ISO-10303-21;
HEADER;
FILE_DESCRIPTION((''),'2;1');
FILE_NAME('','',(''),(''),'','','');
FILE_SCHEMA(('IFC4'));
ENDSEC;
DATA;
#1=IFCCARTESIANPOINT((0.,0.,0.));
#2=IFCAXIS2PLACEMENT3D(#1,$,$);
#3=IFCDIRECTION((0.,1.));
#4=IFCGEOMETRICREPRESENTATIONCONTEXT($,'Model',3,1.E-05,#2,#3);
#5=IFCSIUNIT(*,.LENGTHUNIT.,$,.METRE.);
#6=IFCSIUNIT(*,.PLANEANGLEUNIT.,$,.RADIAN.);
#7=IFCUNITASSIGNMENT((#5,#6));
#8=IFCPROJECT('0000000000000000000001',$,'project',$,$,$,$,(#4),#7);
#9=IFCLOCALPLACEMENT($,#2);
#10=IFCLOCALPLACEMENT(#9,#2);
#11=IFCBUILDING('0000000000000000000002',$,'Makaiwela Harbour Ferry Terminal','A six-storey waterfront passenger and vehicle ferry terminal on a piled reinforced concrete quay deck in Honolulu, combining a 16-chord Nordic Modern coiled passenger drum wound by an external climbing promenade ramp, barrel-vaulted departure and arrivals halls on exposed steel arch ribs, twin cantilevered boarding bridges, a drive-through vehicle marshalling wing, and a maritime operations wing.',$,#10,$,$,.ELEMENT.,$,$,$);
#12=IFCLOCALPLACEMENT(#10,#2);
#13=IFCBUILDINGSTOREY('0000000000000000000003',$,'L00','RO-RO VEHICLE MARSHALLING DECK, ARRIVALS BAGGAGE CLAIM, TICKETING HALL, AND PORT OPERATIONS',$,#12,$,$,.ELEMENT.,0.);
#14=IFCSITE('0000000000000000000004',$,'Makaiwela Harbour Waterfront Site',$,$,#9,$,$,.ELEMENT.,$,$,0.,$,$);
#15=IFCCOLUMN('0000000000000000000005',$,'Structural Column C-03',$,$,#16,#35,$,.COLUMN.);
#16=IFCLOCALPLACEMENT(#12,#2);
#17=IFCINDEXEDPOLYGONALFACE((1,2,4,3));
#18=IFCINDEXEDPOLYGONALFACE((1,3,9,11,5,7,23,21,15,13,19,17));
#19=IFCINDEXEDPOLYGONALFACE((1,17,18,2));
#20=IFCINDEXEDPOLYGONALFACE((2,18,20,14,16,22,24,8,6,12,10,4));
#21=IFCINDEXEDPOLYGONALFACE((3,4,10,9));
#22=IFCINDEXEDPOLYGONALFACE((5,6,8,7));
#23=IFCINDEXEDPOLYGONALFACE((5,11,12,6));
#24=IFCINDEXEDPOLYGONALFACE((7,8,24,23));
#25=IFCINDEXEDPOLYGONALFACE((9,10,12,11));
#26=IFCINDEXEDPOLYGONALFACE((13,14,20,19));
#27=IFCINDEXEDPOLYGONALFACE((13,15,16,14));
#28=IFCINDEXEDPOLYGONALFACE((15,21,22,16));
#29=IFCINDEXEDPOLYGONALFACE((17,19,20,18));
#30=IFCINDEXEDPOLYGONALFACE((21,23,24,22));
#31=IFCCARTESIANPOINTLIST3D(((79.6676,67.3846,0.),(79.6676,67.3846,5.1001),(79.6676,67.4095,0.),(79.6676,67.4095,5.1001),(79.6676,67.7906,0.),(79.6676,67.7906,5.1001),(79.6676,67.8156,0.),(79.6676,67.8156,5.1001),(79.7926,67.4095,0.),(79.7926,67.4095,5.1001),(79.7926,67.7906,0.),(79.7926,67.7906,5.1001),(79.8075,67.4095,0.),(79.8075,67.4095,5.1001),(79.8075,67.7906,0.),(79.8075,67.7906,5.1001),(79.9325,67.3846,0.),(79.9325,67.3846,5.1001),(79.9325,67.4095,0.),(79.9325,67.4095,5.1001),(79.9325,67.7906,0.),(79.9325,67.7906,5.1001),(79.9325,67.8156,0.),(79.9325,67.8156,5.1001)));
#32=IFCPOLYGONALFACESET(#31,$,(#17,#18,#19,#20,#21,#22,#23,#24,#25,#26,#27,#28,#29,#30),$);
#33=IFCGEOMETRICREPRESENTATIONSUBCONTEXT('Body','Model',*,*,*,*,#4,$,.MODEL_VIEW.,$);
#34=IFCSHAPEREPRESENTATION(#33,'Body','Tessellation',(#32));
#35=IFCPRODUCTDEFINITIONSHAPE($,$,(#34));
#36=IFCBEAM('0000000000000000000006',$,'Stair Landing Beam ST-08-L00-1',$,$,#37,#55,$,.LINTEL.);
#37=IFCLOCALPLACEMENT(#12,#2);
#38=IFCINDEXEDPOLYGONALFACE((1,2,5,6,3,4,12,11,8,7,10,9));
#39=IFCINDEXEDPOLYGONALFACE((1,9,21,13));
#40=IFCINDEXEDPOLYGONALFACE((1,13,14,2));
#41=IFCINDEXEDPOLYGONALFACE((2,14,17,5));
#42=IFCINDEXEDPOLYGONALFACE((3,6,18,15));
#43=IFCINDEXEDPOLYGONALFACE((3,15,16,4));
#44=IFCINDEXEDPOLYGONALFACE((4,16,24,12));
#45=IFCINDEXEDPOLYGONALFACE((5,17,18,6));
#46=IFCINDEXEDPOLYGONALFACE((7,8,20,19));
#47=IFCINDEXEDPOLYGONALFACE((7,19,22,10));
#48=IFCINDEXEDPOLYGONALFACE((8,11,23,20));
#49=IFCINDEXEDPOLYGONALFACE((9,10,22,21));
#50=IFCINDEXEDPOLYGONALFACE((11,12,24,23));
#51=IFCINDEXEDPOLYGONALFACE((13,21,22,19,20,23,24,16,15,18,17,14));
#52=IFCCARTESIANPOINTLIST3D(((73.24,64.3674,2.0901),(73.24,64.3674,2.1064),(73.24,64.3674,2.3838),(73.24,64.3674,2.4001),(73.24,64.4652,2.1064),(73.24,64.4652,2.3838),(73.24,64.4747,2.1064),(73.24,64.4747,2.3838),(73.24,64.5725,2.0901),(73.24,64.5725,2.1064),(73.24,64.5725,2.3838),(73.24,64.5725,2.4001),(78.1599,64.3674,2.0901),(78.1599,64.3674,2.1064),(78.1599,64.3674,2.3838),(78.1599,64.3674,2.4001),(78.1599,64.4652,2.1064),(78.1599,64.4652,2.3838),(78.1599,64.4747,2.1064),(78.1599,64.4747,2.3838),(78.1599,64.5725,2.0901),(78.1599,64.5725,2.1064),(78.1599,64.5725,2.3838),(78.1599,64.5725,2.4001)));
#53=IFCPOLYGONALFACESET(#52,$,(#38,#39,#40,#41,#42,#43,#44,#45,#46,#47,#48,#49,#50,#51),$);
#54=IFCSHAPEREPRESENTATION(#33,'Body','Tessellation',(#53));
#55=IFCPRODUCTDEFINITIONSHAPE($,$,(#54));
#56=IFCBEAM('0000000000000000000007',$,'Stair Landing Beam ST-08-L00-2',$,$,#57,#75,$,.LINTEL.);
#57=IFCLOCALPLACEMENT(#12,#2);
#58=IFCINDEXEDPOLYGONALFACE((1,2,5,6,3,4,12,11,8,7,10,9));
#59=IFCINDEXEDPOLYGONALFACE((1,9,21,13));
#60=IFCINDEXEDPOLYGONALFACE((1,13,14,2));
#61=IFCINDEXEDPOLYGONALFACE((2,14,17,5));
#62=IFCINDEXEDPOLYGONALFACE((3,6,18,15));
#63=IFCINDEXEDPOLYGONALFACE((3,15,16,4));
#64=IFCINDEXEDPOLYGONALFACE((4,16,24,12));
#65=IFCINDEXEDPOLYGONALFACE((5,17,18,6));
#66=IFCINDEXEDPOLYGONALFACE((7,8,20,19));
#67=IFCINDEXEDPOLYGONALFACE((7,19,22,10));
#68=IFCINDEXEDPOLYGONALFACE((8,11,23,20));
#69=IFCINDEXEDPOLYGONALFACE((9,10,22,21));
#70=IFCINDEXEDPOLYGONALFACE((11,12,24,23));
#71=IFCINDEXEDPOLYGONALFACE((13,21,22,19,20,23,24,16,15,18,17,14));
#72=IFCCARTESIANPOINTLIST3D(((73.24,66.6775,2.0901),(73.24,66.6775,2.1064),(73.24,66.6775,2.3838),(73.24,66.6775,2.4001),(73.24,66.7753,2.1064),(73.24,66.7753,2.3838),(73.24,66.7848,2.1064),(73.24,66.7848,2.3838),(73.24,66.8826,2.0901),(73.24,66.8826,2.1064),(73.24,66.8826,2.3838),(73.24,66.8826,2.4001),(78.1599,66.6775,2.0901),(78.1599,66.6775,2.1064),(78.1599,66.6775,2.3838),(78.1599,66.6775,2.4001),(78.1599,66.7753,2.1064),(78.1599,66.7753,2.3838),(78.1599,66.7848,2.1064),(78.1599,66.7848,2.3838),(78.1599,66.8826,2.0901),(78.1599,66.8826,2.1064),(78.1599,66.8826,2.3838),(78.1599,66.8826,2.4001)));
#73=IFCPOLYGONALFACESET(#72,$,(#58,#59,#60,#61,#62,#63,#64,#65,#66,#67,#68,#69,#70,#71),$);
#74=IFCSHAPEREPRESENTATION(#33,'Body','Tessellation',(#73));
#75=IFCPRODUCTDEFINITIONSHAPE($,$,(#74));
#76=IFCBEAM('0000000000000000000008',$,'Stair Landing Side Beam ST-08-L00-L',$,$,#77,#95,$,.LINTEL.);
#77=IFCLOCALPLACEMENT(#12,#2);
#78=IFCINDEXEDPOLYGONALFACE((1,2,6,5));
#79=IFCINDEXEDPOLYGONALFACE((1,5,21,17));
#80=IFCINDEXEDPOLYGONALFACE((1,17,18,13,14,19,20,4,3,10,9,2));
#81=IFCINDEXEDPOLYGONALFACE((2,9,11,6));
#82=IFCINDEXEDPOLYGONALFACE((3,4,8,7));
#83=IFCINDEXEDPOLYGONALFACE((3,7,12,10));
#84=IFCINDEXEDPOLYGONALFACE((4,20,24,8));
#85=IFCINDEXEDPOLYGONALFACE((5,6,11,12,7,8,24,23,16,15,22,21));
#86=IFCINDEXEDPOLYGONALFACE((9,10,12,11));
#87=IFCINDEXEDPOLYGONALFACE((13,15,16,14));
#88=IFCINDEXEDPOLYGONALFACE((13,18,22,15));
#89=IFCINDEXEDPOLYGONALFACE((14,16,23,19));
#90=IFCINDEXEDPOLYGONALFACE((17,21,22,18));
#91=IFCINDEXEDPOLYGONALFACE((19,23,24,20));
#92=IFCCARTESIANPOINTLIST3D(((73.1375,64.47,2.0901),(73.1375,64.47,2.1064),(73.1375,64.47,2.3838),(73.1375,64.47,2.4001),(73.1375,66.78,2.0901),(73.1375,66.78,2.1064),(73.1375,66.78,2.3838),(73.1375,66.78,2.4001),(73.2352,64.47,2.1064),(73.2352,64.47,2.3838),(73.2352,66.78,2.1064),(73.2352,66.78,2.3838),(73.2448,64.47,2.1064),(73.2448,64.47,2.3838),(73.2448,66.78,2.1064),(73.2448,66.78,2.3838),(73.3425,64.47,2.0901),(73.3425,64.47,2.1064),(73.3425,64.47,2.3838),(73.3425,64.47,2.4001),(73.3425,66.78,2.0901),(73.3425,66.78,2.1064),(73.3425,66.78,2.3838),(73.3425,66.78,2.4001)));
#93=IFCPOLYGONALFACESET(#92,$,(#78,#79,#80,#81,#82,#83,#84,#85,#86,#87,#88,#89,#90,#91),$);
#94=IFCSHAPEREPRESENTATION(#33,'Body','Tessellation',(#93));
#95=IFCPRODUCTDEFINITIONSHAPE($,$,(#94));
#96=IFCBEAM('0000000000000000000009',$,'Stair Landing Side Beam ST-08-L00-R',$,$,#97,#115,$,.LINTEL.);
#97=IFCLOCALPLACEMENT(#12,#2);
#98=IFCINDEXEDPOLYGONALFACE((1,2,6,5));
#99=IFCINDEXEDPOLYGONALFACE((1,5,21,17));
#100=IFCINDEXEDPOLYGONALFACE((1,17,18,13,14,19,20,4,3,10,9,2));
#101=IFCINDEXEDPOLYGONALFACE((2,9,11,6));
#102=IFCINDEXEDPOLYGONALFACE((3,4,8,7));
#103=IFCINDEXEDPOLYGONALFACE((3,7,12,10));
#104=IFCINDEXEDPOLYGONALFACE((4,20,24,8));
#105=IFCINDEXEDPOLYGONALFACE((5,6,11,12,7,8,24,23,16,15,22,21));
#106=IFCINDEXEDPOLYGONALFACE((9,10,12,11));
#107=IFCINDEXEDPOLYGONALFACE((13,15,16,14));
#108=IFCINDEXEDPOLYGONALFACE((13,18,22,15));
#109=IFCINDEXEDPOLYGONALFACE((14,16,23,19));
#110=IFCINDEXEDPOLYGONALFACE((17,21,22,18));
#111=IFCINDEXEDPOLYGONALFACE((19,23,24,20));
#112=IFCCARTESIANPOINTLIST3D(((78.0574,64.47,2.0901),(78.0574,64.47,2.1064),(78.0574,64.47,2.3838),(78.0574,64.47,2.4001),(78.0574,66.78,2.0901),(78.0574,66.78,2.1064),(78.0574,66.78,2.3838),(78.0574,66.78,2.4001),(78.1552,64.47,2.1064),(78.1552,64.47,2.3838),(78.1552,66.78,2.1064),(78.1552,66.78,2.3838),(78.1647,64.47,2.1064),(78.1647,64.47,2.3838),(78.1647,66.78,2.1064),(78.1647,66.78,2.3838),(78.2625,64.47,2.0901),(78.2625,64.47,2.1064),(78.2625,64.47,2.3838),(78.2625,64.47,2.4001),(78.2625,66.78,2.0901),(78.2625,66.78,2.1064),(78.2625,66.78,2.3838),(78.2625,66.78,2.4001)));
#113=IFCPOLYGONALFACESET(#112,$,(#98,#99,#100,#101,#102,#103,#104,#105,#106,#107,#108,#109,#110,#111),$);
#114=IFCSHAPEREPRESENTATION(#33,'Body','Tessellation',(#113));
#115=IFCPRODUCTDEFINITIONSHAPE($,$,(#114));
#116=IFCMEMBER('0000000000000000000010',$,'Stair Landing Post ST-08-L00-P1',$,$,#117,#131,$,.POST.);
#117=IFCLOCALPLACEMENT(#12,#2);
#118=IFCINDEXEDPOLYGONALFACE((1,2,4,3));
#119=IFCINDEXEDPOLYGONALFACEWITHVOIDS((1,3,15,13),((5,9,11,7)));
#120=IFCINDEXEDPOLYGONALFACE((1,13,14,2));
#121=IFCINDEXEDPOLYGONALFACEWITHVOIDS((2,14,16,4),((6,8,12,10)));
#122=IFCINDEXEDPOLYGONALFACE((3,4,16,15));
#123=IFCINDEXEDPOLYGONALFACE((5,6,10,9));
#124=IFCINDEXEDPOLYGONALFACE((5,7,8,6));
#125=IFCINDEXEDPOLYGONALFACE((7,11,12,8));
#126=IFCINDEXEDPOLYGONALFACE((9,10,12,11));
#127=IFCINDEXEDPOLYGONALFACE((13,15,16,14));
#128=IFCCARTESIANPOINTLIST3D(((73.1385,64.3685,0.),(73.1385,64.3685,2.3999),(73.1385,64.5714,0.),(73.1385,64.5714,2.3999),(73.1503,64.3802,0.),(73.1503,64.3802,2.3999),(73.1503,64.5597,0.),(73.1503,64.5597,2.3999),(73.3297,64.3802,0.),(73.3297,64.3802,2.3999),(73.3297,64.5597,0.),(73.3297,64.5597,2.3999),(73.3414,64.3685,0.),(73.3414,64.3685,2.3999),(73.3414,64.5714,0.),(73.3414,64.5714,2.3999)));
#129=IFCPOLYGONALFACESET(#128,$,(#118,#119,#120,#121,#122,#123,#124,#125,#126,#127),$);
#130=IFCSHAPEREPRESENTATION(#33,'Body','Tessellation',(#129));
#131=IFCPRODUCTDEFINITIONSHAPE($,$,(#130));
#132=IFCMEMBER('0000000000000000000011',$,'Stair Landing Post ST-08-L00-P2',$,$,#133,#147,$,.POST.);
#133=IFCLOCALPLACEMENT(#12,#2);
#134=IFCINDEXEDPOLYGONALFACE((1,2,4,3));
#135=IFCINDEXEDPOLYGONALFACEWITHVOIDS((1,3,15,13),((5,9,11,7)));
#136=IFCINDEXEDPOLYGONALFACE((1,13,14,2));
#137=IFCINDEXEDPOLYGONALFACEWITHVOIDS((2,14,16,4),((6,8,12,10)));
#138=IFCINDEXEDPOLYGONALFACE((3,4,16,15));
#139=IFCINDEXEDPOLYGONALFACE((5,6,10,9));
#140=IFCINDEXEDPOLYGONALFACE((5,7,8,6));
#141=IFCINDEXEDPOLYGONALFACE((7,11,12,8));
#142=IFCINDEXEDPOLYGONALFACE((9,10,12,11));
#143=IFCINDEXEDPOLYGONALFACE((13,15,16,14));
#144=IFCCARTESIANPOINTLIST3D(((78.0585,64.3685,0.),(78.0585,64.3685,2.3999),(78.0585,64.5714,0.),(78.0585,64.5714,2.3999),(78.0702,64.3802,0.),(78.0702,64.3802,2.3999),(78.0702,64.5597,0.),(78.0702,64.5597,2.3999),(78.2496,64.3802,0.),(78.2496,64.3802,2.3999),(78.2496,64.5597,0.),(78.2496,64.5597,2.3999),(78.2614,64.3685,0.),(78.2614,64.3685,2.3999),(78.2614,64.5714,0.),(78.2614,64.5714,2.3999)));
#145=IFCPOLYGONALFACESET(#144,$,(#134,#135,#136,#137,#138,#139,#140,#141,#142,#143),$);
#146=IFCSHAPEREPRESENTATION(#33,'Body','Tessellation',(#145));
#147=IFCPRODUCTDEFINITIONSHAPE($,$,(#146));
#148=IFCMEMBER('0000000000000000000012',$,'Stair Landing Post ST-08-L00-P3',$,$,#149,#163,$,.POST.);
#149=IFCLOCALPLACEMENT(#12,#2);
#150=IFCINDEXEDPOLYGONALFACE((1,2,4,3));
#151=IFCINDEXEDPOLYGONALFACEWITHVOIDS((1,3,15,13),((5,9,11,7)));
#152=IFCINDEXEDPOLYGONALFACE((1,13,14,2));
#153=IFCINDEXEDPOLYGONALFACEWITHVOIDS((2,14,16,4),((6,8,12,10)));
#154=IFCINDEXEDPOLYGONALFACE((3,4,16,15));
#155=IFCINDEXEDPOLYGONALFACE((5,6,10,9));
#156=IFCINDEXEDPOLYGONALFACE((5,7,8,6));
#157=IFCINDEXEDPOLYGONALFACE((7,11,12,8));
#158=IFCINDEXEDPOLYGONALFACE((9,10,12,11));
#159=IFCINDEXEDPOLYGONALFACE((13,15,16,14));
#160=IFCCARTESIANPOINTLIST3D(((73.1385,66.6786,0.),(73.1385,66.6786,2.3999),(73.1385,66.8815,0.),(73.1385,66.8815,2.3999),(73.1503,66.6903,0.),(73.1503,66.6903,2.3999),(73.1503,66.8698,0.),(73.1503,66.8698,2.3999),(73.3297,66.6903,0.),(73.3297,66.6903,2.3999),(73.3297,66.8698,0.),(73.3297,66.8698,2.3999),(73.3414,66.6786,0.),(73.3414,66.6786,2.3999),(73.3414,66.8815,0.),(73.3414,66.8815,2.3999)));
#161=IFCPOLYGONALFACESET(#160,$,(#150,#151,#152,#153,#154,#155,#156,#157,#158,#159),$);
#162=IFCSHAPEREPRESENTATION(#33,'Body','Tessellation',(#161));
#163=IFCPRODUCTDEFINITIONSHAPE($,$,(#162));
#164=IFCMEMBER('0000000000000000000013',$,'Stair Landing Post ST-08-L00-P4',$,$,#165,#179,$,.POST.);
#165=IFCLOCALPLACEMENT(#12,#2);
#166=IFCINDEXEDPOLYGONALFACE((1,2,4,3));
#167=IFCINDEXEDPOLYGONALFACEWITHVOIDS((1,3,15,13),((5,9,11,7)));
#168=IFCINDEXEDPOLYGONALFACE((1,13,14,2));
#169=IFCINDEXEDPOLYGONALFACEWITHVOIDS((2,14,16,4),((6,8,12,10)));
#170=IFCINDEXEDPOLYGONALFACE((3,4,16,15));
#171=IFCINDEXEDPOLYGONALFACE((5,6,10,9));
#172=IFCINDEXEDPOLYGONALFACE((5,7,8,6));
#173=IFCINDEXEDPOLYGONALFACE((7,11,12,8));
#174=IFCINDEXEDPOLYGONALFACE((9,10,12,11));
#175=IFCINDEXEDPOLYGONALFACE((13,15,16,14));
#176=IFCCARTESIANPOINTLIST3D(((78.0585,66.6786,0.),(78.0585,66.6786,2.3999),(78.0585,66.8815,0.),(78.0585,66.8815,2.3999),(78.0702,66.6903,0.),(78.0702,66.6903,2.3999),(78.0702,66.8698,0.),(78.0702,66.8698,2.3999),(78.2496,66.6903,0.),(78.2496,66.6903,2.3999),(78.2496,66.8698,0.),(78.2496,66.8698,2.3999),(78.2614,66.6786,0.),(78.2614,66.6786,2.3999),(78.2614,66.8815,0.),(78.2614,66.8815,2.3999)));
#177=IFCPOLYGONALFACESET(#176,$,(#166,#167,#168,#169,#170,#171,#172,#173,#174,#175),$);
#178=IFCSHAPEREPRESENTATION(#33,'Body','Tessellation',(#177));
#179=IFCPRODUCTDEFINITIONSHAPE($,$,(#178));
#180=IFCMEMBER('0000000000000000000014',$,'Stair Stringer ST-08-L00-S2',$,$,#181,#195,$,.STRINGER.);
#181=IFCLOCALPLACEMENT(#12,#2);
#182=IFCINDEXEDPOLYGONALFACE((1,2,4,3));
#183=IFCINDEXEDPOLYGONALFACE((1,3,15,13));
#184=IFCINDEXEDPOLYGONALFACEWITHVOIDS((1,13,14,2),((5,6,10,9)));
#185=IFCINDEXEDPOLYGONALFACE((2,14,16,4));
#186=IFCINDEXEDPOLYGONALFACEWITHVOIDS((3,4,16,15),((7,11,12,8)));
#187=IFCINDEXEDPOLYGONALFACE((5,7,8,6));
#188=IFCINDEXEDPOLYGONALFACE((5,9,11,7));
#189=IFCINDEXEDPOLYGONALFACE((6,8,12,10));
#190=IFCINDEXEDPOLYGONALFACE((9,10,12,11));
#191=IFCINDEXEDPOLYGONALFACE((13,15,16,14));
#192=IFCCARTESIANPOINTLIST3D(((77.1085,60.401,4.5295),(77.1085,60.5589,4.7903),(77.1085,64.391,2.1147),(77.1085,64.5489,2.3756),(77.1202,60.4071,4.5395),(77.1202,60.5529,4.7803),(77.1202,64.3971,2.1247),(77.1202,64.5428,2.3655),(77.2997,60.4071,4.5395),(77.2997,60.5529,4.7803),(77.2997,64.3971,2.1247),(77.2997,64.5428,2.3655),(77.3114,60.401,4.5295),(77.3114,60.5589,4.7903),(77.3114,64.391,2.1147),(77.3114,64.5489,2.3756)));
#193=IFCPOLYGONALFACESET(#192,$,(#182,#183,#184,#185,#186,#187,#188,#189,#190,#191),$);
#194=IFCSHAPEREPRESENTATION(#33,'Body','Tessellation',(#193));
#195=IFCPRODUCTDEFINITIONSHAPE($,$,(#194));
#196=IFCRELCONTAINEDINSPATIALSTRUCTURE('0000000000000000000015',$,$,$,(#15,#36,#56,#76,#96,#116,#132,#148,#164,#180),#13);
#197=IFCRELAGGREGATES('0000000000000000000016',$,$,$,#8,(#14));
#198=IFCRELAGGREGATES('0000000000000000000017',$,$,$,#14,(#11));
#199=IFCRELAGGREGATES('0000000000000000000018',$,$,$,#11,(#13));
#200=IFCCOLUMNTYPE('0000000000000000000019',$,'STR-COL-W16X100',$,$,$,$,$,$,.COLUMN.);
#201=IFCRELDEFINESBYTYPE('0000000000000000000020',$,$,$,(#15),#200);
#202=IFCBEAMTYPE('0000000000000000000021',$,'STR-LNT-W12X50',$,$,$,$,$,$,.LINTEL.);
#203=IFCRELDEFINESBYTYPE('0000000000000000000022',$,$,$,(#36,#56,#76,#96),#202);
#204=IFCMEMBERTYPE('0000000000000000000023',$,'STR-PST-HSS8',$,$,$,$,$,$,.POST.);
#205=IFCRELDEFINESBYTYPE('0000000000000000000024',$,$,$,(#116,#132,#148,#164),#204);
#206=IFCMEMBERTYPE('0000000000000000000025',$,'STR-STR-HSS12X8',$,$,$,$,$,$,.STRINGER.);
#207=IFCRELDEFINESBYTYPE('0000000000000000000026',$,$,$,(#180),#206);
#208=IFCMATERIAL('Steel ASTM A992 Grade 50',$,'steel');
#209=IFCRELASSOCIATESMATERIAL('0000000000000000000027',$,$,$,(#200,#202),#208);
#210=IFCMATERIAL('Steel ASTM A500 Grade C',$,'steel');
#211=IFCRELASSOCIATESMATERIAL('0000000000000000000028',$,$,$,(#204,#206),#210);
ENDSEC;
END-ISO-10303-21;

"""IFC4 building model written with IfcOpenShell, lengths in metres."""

from ifc_helpers import new_model, si_unit, direction, frame, origin, origin_2d, place, context, subcontext, project, spatial, hollow_rectangle, i_section, extrude, material, material_profile, profile_set, type_object, element, save


model = new_model("IFC4")

# Units and contexts
model_context = context("Model", 3, precision=1e-05, world=origin(), true_north=direction((0.0, 1.0)))
body_context = subcontext(model_context, "Body", "Model", "MODEL_VIEW")
ifc_project = project(units=[si_unit("LENGTHUNIT", "METRE"), si_unit("PLANEANGLEUNIT", "RADIAN")], contexts=[model_context])

# Site, building, storey
site_placement = place(None, origin())
site = spatial("IfcSite", under=ifc_project, at=site_placement, Name="Makaiwela Harbour Waterfront Site", CompositionType="ELEMENT", RefElevation=0.0)
building_placement = place(site_placement, origin())
building = spatial("IfcBuilding", under=site, at=building_placement, Name="Makaiwela Harbour Ferry Terminal", Description="A six-storey waterfront passenger and vehicle ferry terminal on a piled reinforced concrete quay deck in Honolulu, combining a 16-chord Nordic Modern coiled passenger drum wound by an external climbing promenade ramp, barrel-vaulted departure and arrivals halls on exposed steel arch ribs, twin cantilevered boarding bridges, a drive-through vehicle marshalling wing, and a maritime operations wing.", CompositionType="ELEMENT")
storey_placement = place(building_placement, origin())
storey = spatial("IfcBuildingStorey", under=building, at=storey_placement, Name="L00", Description="RO-RO VEHICLE MARSHALLING DECK, ARRIVALS BAGGAGE CLAIM, TICKETING HALL, AND PORT OPERATIONS", CompositionType="ELEMENT", Elevation=0.0)

# Column
ifc_material_1 = material(Name="Steel ASTM A992 Grade 50", Category="steel")
ifc_material_profile_1 = material_profile(ifc_material_1, i_section(OverallWidth=0.2649, OverallDepth=0.4309, WebThickness=0.0149, FlangeThickness=0.0249, at=origin_2d()), Name="W16X100")
ifc_profile_set_1 = profile_set([ifc_material_profile_1], Name="Steel ASTM A992 Grade 50")
column_type = type_object("IfcColumnType", Name="STR-COL-W16X100", PredefinedType="COLUMN", material=ifc_profile_set_1)
column_placement = place(storey_placement, frame((79.8, 67.6001, 0.0), z_axis=(0.0, 0.0, 1.0), x_axis=(1.0, 0.0, 0.0)))
element("IfcColumn", 1, at=column_placement, inside=storey, type_object=column_type, Name="Structural Column C-03", PredefinedType="COLUMN", context=body_context, shape_type="SweptSolid", body=[
    extrude(i_section(OverallWidth=0.2649, OverallDepth=0.4309, WebThickness=0.0149, FlangeThickness=0.0249, at=origin_2d()), origin(), (0.0, 0.0, 1.0), 5.1001),
])

# Beams
ifc_material_profile_2 = material_profile(ifc_material_1, i_section(OverallWidth=0.2051, OverallDepth=0.3101, WebThickness=0.0095, FlangeThickness=0.0164, at=origin_2d()), Name="W12X50")
ifc_profile_set_2 = profile_set([ifc_material_profile_2], Name="Steel ASTM A992 Grade 50")
beam_type = type_object("IfcBeamType", Name="STR-LNT-W12X50", PredefinedType="LINTEL", material=ifc_profile_set_2)
for number, where, z_axis, x_axis, name in (
    (2, (73.24, 64.47, 2.2451), (1.0, 0.0, 0.0), (0.0, 1.0, 0.0), "Stair Landing Beam ST-08-L00-1"),
    (3, (73.24, 66.78, 2.2451), (1.0, 0.0, 0.0), (0.0, 1.0, 0.0), "Stair Landing Beam ST-08-L00-2"),
):
    element("IfcBeam", number, at=place(storey_placement, frame(where, z_axis=z_axis, x_axis=x_axis)), inside=storey, type_object=beam_type, Name=name, PredefinedType="LINTEL", context=body_context, shape_type="SweptSolid", body=[
        extrude(i_section(OverallWidth=0.2051, OverallDepth=0.3101, WebThickness=0.0095, FlangeThickness=0.0164, at=origin_2d()), origin(), (0.0, 0.0, 1.0), 4.9199),
    ])
for number, where, z_axis, x_axis, name in (
    (4, (73.24, 64.47, 2.2451), (0.0, 1.0, 0.0), (-1.0, 0.0, 0.0), "Stair Landing Side Beam ST-08-L00-L"),
    (5, (78.1599, 64.47, 2.2451), (0.0, 1.0, 0.0), (-1.0, 0.0, 0.0), "Stair Landing Side Beam ST-08-L00-R"),
):
    element("IfcBeam", number, at=place(storey_placement, frame(where, z_axis=z_axis, x_axis=x_axis)), inside=storey, type_object=beam_type, Name=name, PredefinedType="LINTEL", context=body_context, shape_type="SweptSolid", body=[
        extrude(i_section(OverallWidth=0.2051, OverallDepth=0.3101, WebThickness=0.0095, FlangeThickness=0.0164, at=origin_2d()), origin(), (0.0, 0.0, 1.0), 2.3101),
    ])

# Members
ifc_material_2 = material(Name="Steel ASTM A500 Grade C", Category="steel")
ifc_material_profile_3 = material_profile(ifc_material_2, hollow_rectangle(XDim=0.2029, YDim=0.2029, WallThickness=0.0117, at=origin_2d()), Name="HSS8X8X1/2")
ifc_profile_set_3 = profile_set([ifc_material_profile_3], Name="Steel ASTM A500 Grade C")
member_type_1 = type_object("IfcMemberType", Name="STR-PST-HSS8", PredefinedType="POST", material=ifc_profile_set_3)
for number, where, z_axis, x_axis, name in (
    (6, (73.24, 64.47, 0.0), (0.0, 0.0, 1.0), (1.0, 0.0, 0.0), "Stair Landing Post ST-08-L00-P1"),
    (7, (78.1599, 64.47, 0.0), (0.0, 0.0, 1.0), (1.0, 0.0, 0.0), "Stair Landing Post ST-08-L00-P2"),
    (8, (73.24, 66.78, 0.0), (0.0, 0.0, 1.0), (1.0, 0.0, 0.0), "Stair Landing Post ST-08-L00-P3"),
    (9, (78.1599, 66.78, 0.0), (0.0, 0.0, 1.0), (1.0, 0.0, 0.0), "Stair Landing Post ST-08-L00-P4"),
):
    element("IfcMember", number, at=place(storey_placement, frame(where, z_axis=z_axis, x_axis=x_axis)), inside=storey, type_object=member_type_1, Name=name, PredefinedType="POST", context=body_context, shape_type="SweptSolid", body=[
        extrude(hollow_rectangle(XDim=0.2029, YDim=0.2029, WallThickness=0.0117, at=origin_2d()), origin(), (0.0, 0.0, 1.0), 2.3999),
    ])
ifc_material_profile_4 = material_profile(ifc_material_2, hollow_rectangle(XDim=0.2029, YDim=0.3049, WallThickness=0.0117, at=origin_2d()), Name="HSS12X8X1/2")
ifc_profile_set_4 = profile_set([ifc_material_profile_4], Name="Steel ASTM A500 Grade C")
member_type_2 = type_object("IfcMemberType", Name="STR-STR-HSS12X8", PredefinedType="STRINGER", material=ifc_profile_set_4)
member_placement = place(storey_placement, frame((77.21, 64.47, 2.2451), z_axis=(0.0, -0.855519, 0.517771), x_axis=(1.0, 0.0, 0.0)))
element("IfcMember", 10, at=member_placement, inside=storey, type_object=member_type_2, Name="Stair Stringer ST-08-L00-S2", PredefinedType="STRINGER", context=body_context, shape_type="SweptSolid", body=[
    extrude(hollow_rectangle(XDim=0.2029, YDim=0.3049, WallThickness=0.0117, at=origin_2d()), origin(), (0.0, 0.0, 1.0), 4.6638),
])

save(model, "model.ifc")
